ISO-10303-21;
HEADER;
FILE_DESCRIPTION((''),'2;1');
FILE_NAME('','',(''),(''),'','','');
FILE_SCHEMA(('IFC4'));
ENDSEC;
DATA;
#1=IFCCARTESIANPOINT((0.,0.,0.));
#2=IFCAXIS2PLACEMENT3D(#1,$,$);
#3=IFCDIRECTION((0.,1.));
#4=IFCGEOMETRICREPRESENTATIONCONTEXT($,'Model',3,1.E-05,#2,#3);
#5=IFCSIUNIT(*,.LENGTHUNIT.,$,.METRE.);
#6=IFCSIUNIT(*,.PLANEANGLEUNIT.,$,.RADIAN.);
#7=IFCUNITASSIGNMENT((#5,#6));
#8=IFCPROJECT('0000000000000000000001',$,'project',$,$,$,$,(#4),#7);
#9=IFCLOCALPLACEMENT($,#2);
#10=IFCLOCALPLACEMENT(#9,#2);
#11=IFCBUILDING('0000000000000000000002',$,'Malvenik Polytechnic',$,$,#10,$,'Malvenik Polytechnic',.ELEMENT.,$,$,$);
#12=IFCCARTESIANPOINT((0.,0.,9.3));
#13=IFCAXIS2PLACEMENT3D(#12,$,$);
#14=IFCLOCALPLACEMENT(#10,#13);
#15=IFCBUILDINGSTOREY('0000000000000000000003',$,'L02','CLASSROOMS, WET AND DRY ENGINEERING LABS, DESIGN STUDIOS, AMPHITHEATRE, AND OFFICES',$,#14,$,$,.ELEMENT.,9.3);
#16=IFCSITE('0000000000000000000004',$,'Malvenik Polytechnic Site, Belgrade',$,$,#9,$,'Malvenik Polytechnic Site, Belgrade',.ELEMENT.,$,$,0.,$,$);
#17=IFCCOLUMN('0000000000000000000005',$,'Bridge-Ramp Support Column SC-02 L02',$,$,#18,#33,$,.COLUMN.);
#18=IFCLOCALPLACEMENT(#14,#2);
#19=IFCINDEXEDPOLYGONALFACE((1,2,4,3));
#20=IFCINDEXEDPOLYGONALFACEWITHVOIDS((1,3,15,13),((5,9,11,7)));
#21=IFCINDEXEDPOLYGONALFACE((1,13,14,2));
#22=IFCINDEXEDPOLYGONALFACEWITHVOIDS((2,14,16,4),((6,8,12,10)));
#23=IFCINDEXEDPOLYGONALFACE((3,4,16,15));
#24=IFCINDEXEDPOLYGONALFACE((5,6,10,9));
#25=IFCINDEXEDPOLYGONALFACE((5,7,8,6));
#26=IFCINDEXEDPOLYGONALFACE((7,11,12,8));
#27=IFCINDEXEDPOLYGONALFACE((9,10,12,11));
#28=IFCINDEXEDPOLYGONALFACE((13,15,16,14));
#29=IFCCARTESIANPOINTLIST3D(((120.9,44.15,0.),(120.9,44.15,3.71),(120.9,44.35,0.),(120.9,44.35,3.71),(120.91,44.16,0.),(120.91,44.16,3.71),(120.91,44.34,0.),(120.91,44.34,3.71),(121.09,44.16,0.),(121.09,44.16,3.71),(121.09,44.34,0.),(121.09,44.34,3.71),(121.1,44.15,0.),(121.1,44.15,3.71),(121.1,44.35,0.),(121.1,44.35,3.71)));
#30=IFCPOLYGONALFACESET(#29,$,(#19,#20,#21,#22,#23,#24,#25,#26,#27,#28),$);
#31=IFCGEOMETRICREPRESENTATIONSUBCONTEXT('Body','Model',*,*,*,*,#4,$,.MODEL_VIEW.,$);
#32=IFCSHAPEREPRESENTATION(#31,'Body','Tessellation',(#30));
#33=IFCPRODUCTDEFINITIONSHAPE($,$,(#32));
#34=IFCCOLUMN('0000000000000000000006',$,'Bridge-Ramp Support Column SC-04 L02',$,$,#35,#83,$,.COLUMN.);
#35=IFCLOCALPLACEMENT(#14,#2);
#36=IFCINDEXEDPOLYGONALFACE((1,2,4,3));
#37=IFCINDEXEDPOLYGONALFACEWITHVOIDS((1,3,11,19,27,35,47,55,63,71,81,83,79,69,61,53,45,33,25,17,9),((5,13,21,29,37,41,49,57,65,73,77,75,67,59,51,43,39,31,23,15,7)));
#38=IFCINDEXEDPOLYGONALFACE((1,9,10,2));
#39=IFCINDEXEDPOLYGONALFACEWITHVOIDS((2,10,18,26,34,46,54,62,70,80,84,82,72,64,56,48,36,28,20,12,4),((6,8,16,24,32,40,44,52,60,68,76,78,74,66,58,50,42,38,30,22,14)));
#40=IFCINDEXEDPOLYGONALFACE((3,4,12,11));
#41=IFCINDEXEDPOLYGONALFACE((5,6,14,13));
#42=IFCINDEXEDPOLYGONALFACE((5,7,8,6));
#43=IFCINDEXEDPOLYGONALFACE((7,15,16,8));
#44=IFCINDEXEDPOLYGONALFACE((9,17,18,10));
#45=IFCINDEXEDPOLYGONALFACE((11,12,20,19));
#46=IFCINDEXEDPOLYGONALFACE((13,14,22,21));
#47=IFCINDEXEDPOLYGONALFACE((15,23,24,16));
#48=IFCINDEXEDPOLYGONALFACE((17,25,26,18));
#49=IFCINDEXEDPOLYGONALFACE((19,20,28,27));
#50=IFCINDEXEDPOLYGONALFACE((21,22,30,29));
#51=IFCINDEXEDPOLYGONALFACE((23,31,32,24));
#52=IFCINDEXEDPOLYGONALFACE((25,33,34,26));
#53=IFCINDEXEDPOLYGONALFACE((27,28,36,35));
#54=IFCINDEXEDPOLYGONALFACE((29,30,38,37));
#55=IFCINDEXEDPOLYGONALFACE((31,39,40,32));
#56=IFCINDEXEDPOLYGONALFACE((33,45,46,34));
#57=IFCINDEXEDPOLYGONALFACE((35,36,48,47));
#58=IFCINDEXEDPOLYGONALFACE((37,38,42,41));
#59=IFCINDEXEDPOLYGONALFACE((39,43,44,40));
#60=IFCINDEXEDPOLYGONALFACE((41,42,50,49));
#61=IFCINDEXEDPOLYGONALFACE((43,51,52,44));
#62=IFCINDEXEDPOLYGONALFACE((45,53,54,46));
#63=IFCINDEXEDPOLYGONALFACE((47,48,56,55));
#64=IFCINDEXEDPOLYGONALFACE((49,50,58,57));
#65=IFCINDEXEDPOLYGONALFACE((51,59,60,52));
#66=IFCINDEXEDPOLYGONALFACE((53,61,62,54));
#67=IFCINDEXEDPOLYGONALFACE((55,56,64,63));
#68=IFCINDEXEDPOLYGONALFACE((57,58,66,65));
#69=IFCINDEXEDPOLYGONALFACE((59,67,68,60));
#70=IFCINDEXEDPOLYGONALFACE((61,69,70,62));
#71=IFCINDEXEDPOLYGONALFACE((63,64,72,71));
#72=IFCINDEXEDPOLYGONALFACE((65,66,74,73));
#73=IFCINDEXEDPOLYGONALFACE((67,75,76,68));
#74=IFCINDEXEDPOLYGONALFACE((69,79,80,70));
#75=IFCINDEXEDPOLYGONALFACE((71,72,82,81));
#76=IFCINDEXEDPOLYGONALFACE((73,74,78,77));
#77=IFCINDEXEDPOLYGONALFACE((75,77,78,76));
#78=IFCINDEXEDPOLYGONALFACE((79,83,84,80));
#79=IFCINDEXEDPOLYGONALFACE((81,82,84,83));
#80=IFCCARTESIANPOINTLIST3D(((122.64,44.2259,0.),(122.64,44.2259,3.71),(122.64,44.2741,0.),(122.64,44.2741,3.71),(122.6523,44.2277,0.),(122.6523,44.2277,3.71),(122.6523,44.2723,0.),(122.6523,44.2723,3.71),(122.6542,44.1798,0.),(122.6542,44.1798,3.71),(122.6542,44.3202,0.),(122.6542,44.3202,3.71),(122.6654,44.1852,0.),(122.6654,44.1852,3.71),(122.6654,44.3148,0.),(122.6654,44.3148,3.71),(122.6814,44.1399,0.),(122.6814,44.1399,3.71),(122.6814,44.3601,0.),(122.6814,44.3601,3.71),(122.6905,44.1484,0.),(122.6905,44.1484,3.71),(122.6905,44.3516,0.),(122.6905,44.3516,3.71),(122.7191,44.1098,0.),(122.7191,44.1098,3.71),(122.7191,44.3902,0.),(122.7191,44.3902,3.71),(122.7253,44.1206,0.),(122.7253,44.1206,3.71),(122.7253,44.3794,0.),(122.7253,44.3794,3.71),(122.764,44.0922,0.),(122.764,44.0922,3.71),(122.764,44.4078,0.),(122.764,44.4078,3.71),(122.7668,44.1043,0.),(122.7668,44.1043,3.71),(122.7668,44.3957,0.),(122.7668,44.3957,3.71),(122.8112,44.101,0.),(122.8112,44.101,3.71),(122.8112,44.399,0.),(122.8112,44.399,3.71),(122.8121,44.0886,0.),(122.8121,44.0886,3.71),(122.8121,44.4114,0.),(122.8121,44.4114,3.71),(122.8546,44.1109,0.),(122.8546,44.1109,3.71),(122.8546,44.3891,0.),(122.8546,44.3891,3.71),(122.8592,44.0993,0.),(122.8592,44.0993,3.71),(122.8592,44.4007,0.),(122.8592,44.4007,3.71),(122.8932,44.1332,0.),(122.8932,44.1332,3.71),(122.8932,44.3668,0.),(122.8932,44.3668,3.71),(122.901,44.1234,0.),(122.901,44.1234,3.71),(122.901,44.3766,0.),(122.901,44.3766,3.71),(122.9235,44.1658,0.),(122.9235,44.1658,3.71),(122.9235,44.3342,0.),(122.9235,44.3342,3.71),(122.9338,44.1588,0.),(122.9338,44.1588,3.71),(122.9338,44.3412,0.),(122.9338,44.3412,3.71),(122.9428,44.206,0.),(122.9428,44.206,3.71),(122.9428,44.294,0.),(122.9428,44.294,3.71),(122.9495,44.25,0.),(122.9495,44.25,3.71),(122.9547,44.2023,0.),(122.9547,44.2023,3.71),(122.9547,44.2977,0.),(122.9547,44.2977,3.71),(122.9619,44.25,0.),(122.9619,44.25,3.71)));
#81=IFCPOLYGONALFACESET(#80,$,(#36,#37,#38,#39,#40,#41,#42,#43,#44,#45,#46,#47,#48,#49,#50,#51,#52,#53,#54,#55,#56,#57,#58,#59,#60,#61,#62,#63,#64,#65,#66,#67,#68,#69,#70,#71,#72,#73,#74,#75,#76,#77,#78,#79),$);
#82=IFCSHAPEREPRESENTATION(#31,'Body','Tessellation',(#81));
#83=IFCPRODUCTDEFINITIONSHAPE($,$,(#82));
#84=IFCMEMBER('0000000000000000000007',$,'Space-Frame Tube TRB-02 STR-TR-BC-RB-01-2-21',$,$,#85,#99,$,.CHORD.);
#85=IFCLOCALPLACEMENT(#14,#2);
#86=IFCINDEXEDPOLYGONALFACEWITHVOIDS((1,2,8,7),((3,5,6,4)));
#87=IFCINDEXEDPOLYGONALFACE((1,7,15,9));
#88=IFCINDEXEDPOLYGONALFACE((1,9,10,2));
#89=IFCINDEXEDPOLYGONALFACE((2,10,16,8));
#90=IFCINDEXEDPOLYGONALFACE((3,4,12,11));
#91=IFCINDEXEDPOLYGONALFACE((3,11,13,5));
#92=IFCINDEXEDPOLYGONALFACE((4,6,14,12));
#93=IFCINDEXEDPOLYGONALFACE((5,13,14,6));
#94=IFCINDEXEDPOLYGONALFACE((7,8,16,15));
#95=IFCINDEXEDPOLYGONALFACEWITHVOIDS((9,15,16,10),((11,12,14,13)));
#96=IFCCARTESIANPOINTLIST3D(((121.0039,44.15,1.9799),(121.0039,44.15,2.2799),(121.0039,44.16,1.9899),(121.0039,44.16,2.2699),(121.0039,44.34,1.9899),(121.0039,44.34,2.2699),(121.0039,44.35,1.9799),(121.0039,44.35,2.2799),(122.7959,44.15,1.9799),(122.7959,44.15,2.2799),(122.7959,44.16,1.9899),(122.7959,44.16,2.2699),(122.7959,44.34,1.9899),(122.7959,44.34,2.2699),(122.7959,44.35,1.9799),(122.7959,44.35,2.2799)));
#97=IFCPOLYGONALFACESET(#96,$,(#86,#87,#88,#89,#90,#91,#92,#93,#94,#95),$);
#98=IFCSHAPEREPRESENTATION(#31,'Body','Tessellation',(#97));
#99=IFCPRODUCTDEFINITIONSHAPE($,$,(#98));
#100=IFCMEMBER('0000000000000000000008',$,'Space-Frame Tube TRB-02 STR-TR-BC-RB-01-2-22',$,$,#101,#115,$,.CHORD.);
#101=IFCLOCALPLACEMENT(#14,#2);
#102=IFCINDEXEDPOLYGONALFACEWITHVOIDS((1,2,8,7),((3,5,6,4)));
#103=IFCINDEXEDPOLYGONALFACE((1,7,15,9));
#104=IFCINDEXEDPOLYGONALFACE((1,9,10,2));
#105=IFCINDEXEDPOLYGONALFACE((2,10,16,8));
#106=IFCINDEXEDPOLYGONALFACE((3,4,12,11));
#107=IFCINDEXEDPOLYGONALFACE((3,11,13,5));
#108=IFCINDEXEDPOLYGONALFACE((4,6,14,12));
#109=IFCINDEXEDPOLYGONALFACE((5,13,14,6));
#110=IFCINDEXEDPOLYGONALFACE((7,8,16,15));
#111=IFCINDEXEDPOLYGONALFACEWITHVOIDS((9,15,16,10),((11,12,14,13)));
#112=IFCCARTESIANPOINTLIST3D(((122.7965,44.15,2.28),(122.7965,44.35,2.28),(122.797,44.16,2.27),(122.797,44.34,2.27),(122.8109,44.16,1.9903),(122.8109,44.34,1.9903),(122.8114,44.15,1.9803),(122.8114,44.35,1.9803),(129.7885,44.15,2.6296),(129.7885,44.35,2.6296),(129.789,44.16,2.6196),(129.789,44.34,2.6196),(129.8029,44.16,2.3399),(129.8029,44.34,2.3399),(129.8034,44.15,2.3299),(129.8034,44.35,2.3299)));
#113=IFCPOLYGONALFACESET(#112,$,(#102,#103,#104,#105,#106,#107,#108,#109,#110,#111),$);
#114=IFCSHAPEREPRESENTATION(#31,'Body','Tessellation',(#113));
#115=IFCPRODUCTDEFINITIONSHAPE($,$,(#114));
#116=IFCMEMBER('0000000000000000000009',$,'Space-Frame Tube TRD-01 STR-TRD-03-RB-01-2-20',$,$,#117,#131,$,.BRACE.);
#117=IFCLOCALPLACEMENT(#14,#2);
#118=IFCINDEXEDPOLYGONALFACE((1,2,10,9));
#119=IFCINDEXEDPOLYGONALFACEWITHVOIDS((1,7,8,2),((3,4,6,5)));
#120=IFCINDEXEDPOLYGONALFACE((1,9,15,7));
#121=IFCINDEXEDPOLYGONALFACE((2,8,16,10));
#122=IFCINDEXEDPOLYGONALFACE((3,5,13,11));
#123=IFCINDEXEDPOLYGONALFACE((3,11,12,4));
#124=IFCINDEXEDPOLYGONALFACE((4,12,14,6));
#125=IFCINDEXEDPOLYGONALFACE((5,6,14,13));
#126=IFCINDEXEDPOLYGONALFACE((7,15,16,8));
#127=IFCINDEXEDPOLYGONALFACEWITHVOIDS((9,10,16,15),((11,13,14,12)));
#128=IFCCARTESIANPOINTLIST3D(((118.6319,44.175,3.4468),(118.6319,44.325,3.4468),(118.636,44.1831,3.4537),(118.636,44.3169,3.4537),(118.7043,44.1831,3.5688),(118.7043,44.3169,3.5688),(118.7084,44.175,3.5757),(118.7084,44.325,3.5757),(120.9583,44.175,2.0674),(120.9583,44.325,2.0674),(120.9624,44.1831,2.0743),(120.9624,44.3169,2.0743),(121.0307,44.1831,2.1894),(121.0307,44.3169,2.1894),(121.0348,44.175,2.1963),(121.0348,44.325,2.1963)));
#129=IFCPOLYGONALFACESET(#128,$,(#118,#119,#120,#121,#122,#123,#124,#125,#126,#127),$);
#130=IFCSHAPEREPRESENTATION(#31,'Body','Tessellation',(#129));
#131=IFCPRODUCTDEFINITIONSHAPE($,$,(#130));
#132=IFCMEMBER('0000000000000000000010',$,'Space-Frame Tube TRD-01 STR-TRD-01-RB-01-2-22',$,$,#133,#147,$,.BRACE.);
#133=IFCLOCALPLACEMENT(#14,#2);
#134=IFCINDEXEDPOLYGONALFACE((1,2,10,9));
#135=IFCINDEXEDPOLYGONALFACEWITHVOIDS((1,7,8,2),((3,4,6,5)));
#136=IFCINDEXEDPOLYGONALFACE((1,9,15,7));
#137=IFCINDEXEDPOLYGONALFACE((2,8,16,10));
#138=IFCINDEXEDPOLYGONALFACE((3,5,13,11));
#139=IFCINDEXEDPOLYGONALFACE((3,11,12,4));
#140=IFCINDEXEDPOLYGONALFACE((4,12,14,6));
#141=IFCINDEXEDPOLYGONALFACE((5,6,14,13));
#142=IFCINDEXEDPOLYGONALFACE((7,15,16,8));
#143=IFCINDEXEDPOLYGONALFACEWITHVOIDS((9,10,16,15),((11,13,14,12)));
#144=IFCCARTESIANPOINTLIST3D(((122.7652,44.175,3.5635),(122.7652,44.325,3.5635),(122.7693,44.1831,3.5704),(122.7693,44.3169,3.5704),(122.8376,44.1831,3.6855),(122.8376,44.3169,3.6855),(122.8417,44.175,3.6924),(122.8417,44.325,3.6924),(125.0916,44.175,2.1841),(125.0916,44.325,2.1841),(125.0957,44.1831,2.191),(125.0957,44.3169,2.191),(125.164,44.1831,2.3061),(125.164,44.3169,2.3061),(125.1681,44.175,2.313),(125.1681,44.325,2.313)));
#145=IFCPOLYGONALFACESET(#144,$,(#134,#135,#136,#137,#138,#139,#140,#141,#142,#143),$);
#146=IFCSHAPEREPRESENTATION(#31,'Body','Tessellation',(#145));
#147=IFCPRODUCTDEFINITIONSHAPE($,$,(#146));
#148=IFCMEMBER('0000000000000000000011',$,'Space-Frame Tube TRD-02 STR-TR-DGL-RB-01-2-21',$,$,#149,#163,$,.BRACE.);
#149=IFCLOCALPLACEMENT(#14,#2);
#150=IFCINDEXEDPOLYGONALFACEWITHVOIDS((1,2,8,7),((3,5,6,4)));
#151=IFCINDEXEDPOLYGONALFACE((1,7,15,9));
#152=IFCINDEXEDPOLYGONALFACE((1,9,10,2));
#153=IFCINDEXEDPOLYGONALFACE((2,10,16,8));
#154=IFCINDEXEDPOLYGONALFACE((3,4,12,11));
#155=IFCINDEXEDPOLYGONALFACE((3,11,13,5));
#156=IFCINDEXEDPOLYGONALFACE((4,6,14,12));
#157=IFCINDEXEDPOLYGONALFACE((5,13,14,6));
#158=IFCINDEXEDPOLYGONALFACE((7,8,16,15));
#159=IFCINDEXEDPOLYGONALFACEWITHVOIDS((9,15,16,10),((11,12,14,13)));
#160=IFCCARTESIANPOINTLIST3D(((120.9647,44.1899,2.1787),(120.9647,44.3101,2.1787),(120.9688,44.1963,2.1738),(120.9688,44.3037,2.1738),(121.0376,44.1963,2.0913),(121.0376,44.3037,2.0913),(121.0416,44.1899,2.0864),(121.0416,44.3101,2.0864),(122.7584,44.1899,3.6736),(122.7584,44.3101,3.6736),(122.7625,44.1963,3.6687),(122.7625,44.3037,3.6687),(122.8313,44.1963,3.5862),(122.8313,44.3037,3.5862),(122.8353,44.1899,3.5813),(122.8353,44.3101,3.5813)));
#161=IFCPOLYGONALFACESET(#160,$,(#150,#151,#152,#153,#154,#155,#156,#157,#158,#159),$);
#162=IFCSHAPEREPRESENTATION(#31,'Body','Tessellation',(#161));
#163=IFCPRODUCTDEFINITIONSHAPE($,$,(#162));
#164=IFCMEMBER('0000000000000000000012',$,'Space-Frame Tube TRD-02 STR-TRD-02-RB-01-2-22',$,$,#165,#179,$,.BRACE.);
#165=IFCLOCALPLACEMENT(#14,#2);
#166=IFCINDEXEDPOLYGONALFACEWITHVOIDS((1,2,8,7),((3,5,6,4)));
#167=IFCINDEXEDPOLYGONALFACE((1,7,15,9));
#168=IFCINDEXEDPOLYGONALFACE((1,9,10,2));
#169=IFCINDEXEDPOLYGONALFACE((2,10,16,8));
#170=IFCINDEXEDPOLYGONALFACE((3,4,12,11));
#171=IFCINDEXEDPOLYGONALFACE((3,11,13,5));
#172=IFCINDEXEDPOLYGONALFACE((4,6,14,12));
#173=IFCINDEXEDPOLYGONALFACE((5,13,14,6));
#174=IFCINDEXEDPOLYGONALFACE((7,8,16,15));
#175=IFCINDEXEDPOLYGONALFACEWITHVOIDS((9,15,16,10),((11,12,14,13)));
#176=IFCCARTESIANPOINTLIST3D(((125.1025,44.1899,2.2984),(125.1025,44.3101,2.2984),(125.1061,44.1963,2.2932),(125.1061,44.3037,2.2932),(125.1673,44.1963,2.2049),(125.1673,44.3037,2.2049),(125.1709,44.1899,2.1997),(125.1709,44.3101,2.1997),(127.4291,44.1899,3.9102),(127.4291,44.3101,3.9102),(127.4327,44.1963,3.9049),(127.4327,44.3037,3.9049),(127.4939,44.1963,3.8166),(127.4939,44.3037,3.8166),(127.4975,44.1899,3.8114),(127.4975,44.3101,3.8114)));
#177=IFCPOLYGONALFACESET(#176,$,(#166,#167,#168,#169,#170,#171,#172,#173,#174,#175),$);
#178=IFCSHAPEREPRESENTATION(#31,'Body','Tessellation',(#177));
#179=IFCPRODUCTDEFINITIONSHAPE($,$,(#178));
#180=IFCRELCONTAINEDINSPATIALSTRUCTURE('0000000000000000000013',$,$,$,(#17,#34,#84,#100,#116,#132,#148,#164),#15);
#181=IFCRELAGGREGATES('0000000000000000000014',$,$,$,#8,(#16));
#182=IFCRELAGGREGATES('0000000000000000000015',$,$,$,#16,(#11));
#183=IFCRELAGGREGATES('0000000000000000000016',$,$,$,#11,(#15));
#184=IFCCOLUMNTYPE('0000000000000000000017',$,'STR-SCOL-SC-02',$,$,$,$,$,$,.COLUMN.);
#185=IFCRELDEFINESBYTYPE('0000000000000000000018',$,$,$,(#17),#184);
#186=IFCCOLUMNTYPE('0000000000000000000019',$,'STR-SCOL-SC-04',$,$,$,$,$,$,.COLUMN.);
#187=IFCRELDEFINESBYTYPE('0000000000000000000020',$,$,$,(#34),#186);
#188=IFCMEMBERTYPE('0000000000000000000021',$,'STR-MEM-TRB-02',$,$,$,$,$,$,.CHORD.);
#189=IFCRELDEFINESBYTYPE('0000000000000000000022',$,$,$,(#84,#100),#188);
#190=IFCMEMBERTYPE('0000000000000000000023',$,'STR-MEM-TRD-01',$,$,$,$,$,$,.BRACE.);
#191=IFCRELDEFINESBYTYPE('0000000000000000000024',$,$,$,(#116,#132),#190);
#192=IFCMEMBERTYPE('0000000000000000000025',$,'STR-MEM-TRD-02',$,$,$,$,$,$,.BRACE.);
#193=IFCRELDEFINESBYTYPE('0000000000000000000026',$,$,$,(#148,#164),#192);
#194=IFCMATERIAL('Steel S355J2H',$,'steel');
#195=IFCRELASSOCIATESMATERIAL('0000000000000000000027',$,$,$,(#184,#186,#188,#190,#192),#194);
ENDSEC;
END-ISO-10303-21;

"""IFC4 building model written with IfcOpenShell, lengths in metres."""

from ifc_helpers import new_model, si_unit, direction, frame, origin, origin_2d, place, context, subcontext, project, spatial, hollow_rectangle, hollow_circle, extrude, material, material_profile, profile_set, type_object, element, save


model = new_model("IFC4")

# Units and contexts
model_context = context("Model", 3, precision=1e-05, world=origin(), true_north=direction((0.0, 1.0)))
body_context = subcontext(model_context, "Body", "Model", "MODEL_VIEW")
ifc_project = project(units=[si_unit("LENGTHUNIT", "METRE"), si_unit("PLANEANGLEUNIT", "RADIAN")], contexts=[model_context])

# Site, building, storey
site_placement = place(None, origin())
site = spatial("IfcSite", under=ifc_project, at=site_placement, Name="Malvenik Polytechnic Site, Belgrade", LongName="Malvenik Polytechnic Site, Belgrade", CompositionType="ELEMENT", RefElevation=0.0)
building_placement = place(site_placement, origin())
building = spatial("IfcBuilding", under=site, at=building_placement, Name="Malvenik Polytechnic", LongName="Malvenik Polytechnic", CompositionType="ELEMENT")
storey_placement = place(building_placement, frame((0.0, 0.0, 9.3)))
storey = spatial("IfcBuildingStorey", under=building, at=storey_placement, Name="L02", Description="CLASSROOMS, WET AND DRY ENGINEERING LABS, DESIGN STUDIOS, AMPHITHEATRE, AND OFFICES", CompositionType="ELEMENT", Elevation=9.3)

# Columns
ifc_material_1 = material(Name="Steel S355J2H", Category="steel")
ifc_material_profile_1 = material_profile(ifc_material_1, hollow_rectangle(XDim=0.2, YDim=0.2, WallThickness=0.01, at=origin_2d()), Name="SHS 200x200x10.0")
ifc_profile_set_1 = profile_set([ifc_material_profile_1], Name="Steel S355J2H")
column_type_1 = type_object("IfcColumnType", Name="STR-SCOL-SC-02", PredefinedType="COLUMN", material=ifc_profile_set_1)
column_1_placement = place(storey_placement, frame((121.0, 44.25, 0.0), z_axis=(0.0, 0.0, 1.0), x_axis=(1.0, 0.0, 0.0)))
element("IfcColumn", 1, at=column_1_placement, inside=storey, type_object=column_type_1, Name="Bridge-Ramp Support Column SC-02 L02", PredefinedType="COLUMN", context=body_context, shape_type="SweptSolid", body=[
    extrude(hollow_rectangle(XDim=0.2, YDim=0.2, WallThickness=0.01, at=origin_2d()), origin(), (0.0, 0.0, 1.0), 3.71),
])
ifc_material_profile_2 = material_profile(ifc_material_1, hollow_circle(Radius=0.1619, WallThickness=0.0125, at=origin_2d()), Name="CHS 323.9x12.5")
ifc_profile_set_2 = profile_set([ifc_material_profile_2], Name="Steel S355J2H")
column_type_2 = type_object("IfcColumnType", Name="STR-SCOL-SC-04", PredefinedType="COLUMN", material=ifc_profile_set_2)
column_2_placement = place(storey_placement, frame((122.8, 44.25, 0.0), z_axis=(0.0, 0.0, 1.0), x_axis=(1.0, 0.0, 0.0)))
element("IfcColumn", 2, at=column_2_placement, inside=storey, type_object=column_type_2, Name="Bridge-Ramp Support Column SC-04 L02", PredefinedType="COLUMN", context=body_context, shape_type="SweptSolid", body=[
    extrude(hollow_circle(Radius=0.1619, WallThickness=0.0125, at=origin_2d()), origin(), (0.0, 0.0, 1.0), 3.71),
])

# Members
ifc_material_profile_3 = material_profile(ifc_material_1, hollow_rectangle(XDim=0.2, YDim=0.3, WallThickness=0.01, at=origin_2d()), Name="RHS 300x200x10.0")
ifc_profile_set_3 = profile_set([ifc_material_profile_3], Name="Steel S355J2H")
member_type_1 = type_object("IfcMemberType", Name="STR-MEM-TRB-02", PredefinedType="CHORD", material=ifc_profile_set_3)
member_1_placement = place(storey_placement, frame((121.0039, 44.25, 2.1299), z_axis=(1.0, 0.0, 0.0), x_axis=(0.0, 1.0, 0.0)))
element("IfcMember", 3, at=member_1_placement, inside=storey, type_object=member_type_1, Name="Space-Frame Tube TRB-02 STR-TR-BC-RB-01-2-21", PredefinedType="CHORD", context=body_context, shape_type="SweptSolid", body=[
    extrude(hollow_rectangle(XDim=0.2, YDim=0.3, WallThickness=0.01, at=origin_2d()), origin(), (0.0, 0.0, 1.0), 1.792),
])
member_2_placement = place(storey_placement, frame((122.804, 44.25, 2.1301), z_axis=(0.998752, 0.0, 0.049939), x_axis=(0.0, 1.0, 0.0)))
element("IfcMember", 4, at=member_2_placement, inside=storey, type_object=member_type_1, Name="Space-Frame Tube TRB-02 STR-TR-BC-RB-01-2-22", PredefinedType="CHORD", context=body_context, shape_type="SweptSolid", body=[
    extrude(hollow_rectangle(XDim=0.2, YDim=0.3, WallThickness=0.01, at=origin_2d()), origin(), (0.0, 0.0, 1.0), 7.0007),
])
ifc_material_profile_4 = material_profile(ifc_material_1, hollow_rectangle(XDim=0.1499, YDim=0.1499, WallThickness=0.0081, at=origin_2d()), Name="SHS 150x150x8.0")
ifc_profile_set_4 = profile_set([ifc_material_profile_4], Name="Steel S355J2H")
member_type_2 = type_object("IfcMemberType", Name="STR-MEM-TRD-01", PredefinedType="BRACE", material=ifc_profile_set_4)
for number, where, z_axis, x_axis, name in (
    (5, (118.6702, 44.25, 3.5112), (0.860165, 0.0, -0.510015), (0.0, 1.0, 0.0), "Space-Frame Tube TRD-01 STR-TRD-03-RB-01-2-20"),
    (6, (122.8035, 44.25, 3.6279), (0.860165, 0.0, -0.510015), (0.0, 1.0, 0.0), "Space-Frame Tube TRD-01 STR-TRD-01-RB-01-2-22"),
):
    element("IfcMember", number, at=place(storey_placement, frame(where, z_axis=z_axis, x_axis=x_axis)), inside=storey, type_object=member_type_2, Name=name, PredefinedType="BRACE", context=body_context, shape_type="SweptSolid", body=[
        extrude(hollow_rectangle(XDim=0.1499, YDim=0.1499, WallThickness=0.0081, at=origin_2d()), origin(), (0.0, 0.0, 1.0), 2.7046),
    ])
ifc_material_profile_5 = material_profile(ifc_material_1, hollow_rectangle(XDim=0.1201, YDim=0.1201, WallThickness=0.0063, at=origin_2d()), Name="SHS 120x120x6.3")
ifc_profile_set_5 = profile_set([ifc_material_profile_5], Name="Steel S355J2H")
member_type_3 = type_object("IfcMemberType", Name="STR-MEM-TRD-02", PredefinedType="BRACE", material=ifc_profile_set_5)
member_3_placement = place(storey_placement, frame((121.0032, 44.25, 2.1326), z_axis=(0.768196, 0.0, 0.640215), x_axis=(0.0, 1.0, 0.0)))
element("IfcMember", 7, at=member_3_placement, inside=storey, type_object=member_type_3, Name="Space-Frame Tube TRD-02 STR-TR-DGL-RB-01-2-21", PredefinedType="BRACE", context=body_context, shape_type="SweptSolid", body=[
    extrude(hollow_rectangle(XDim=0.1201, YDim=0.1201, WallThickness=0.0063, at=origin_2d()), origin(), (0.0, 0.0, 1.0), 2.335),
])
member_4_placement = place(storey_placement, frame((125.1367, 44.25, 2.249), z_axis=(0.822018, 0.0, 0.569461), x_axis=(0.0, 1.0, 0.0)))
element("IfcMember", 8, at=member_4_placement, inside=storey, type_object=member_type_3, Name="Space-Frame Tube TRD-02 STR-TRD-02-RB-01-2-22", PredefinedType="BRACE", context=body_context, shape_type="SweptSolid", body=[
    extrude(hollow_rectangle(XDim=0.1201, YDim=0.1201, WallThickness=0.0063, at=origin_2d()), origin(), (0.0, 0.0, 1.0), 2.8303),
])

save(model, "model.ifc")
